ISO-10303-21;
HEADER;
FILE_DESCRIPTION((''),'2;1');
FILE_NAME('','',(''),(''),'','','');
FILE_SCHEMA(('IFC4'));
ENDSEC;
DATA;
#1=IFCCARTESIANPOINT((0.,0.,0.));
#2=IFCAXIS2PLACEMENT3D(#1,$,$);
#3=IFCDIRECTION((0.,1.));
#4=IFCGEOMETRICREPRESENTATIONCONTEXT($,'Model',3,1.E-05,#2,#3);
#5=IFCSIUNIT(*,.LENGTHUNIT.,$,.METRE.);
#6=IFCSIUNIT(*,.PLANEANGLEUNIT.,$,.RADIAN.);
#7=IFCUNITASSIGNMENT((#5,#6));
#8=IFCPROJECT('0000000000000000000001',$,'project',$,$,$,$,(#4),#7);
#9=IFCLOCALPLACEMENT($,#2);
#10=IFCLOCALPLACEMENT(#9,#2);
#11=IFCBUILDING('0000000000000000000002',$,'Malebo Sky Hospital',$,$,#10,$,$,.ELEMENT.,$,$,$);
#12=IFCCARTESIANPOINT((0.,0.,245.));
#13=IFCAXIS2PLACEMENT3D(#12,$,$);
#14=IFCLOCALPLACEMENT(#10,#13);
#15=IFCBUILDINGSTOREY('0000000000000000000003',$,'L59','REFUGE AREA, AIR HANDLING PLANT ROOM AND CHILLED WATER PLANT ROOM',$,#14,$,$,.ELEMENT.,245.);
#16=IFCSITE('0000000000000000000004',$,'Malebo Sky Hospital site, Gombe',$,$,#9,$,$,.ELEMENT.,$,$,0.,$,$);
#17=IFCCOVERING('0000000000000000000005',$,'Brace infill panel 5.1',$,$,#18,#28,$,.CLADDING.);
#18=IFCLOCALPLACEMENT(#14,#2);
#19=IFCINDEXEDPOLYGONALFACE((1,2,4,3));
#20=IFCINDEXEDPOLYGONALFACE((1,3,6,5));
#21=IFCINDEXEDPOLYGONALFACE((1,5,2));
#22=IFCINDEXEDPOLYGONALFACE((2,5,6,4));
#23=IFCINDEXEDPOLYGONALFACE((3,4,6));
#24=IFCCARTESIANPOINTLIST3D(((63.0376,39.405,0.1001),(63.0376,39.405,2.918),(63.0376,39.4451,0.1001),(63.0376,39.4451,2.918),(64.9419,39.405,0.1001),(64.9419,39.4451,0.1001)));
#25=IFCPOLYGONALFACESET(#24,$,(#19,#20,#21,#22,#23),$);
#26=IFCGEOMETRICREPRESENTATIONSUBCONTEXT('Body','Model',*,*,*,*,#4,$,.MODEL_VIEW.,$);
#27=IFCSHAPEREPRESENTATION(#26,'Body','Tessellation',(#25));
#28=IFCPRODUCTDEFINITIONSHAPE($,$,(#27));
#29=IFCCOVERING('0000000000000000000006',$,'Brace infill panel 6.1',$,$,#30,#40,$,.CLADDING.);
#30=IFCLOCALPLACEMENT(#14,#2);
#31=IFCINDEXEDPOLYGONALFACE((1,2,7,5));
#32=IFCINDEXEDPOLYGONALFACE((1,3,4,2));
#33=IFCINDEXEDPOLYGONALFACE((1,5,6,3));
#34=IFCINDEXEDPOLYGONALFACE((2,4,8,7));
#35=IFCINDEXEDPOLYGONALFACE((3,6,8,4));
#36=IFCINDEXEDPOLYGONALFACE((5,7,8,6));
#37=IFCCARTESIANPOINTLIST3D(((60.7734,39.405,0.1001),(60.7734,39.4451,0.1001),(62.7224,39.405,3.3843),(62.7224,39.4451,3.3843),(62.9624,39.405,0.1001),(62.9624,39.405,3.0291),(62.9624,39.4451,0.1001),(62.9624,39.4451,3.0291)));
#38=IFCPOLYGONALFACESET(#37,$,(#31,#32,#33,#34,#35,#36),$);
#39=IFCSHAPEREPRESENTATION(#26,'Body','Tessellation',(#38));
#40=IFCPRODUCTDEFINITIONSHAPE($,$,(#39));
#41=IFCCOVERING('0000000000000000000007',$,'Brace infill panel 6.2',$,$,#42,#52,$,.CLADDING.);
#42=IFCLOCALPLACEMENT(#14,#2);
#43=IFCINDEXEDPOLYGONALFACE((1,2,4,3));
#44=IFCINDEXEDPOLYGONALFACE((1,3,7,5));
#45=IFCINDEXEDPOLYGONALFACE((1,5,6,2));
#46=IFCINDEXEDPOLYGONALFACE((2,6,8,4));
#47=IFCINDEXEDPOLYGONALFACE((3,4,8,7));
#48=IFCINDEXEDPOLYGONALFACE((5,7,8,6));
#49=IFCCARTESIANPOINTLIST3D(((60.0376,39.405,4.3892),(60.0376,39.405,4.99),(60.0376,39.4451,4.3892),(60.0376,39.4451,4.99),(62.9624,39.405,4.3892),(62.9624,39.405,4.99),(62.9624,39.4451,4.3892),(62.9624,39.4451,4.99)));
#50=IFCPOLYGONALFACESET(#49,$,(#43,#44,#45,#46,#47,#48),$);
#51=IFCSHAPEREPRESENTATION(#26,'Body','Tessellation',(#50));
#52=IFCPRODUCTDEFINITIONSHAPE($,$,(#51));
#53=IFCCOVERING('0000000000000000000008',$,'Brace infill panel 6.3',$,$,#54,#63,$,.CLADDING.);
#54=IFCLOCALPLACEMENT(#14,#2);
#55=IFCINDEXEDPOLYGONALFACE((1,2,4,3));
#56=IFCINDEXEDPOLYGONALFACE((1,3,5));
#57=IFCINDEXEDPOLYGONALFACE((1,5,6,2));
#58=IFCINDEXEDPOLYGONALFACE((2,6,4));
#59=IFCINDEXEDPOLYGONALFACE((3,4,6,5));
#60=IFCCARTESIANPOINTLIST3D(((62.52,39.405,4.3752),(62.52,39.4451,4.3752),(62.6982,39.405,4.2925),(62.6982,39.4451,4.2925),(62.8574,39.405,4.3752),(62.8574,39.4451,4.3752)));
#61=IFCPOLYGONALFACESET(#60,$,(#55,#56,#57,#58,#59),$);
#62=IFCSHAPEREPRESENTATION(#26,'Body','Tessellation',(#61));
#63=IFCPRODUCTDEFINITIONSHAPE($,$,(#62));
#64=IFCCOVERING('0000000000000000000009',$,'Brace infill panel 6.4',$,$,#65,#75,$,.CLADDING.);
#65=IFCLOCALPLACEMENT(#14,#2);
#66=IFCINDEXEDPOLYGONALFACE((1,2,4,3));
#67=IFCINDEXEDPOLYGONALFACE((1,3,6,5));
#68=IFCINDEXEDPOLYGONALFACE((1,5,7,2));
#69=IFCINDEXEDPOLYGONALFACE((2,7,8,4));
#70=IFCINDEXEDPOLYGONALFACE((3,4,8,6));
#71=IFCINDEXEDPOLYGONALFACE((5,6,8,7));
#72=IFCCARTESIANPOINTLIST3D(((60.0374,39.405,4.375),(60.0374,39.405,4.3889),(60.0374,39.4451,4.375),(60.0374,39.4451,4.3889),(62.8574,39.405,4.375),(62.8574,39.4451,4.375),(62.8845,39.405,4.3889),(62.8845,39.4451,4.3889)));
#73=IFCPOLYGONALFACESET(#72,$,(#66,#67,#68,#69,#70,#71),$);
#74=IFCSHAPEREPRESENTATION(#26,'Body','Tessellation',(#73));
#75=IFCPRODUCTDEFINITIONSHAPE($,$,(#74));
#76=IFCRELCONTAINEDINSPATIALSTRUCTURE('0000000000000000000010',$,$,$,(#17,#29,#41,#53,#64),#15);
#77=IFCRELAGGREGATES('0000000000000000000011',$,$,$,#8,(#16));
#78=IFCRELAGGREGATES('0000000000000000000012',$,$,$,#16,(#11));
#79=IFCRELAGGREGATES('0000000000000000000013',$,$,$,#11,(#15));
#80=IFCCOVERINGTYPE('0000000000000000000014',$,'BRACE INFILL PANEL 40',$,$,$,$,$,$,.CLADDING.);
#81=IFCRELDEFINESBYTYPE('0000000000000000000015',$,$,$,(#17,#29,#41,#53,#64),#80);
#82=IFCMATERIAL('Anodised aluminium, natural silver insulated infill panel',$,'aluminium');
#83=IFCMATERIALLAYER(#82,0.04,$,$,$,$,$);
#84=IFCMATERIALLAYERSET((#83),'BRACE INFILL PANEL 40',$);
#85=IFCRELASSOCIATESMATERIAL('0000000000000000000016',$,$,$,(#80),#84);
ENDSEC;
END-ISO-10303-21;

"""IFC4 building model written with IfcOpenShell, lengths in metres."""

from ifc_helpers import new_model, si_unit, direction, frame, origin, place, context, subcontext, project, spatial, polyline, outline, extrude, material, layer, layer_set, type_object, element, save


model = new_model("IFC4")

# Units and contexts
model_context = context("Model", 3, precision=1e-05, world=origin(), true_north=direction((0.0, 1.0)))
body_context = subcontext(model_context, "Body", "Model", "MODEL_VIEW")
ifc_project = project(units=[si_unit("LENGTHUNIT", "METRE"), si_unit("PLANEANGLEUNIT", "RADIAN")], contexts=[model_context])

# Site, building, storey
site_placement = place(None, origin())
site = spatial("IfcSite", under=ifc_project, at=site_placement, Name="Malebo Sky Hospital site, Gombe", CompositionType="ELEMENT", RefElevation=0.0)
building_placement = place(site_placement, origin())
building = spatial("IfcBuilding", under=site, at=building_placement, Name="Malebo Sky Hospital", CompositionType="ELEMENT")
storey_placement = place(building_placement, frame((0.0, 0.0, 245.0)))
storey = spatial("IfcBuildingStorey", under=building, at=storey_placement, Name="L59", Description="REFUGE AREA, AIR HANDLING PLANT ROOM AND CHILLED WATER PLANT ROOM", CompositionType="ELEMENT", Elevation=245.0)

# Coverings
ifc_material_1 = material(Name="Anodised aluminium, natural silver insulated infill panel", Category="aluminium")
ifc_layer_1 = layer(ifc_material_1, 0.04)
ifc_layer_set_1 = layer_set([ifc_layer_1], Name="BRACE INFILL PANEL 40")
covering_type = type_object("IfcCoveringType", Name="BRACE INFILL PANEL 40", PredefinedType="CLADDING", material=ifc_layer_set_1)
covering_1_placement = place(storey_placement, frame((63.9897, 39.425, 0.1001), z_axis=(0.0, 0.0, 1.0), x_axis=(-1.0, 0.0, 0.0)))
element("IfcCovering", 1, at=covering_1_placement, inside=storey, type_object=covering_type, Name="Brace infill panel 5.1", PredefinedType="CLADDING", context=body_context, shape_type="SweptSolid", body=[
    extrude(outline(polyline([(-0.9521, 0.0), (0.9521, 0.0), (0.9521, 2.8179), (-0.9521, 0.0)])), frame((0.0, 0.02, 0.0), z_axis=(0.0, -1.0, 0.0), x_axis=(1.0, 0.0, 0.0)), (0.0, 0.0, 1.0), 0.04),
])
covering_2_placement = place(storey_placement, frame((61.8679, 39.425, 0.1001), z_axis=(0.0, 0.0, 1.0), x_axis=(-1.0, 0.0, 0.0)))
element("IfcCovering", 2, at=covering_2_placement, inside=storey, type_object=covering_type, Name="Brace infill panel 6.1", PredefinedType="CLADDING", context=body_context, shape_type="SweptSolid", body=[
    extrude(outline(polyline([(-1.0945, 0.0), (1.0945, 0.0), (-0.8545, 3.2842), (-1.0945, 2.929), (-1.0945, 0.0)])), frame((0.0, 0.02, 0.0), z_axis=(0.0, -1.0, 0.0), x_axis=(1.0, 0.0, 0.0)), (0.0, 0.0, 1.0), 0.04),
])
covering_3_placement = place(storey_placement, frame((61.5, 39.425, 4.3892), z_axis=(0.0, 0.0, 1.0), x_axis=(-1.0, 0.0, 0.0)))
element("IfcCovering", 3, at=covering_3_placement, inside=storey, type_object=covering_type, Name="Brace infill panel 6.2", PredefinedType="CLADDING", context=body_context, shape_type="SweptSolid", body=[
    extrude(outline(polyline([(-1.4624, 0.0), (1.4624, 0.0), (1.4624, 0.6008), (-1.4624, 0.6008), (-1.4624, 0.0)])), frame((0.0, 0.02, 0.0), z_axis=(0.0, -1.0, 0.0), x_axis=(1.0, 0.0, 0.0)), (0.0, 0.0, 1.0), 0.04),
])
covering_4_placement = place(storey_placement, frame((62.6887, 39.425, 4.2925), z_axis=(0.0, 0.0, 1.0), x_axis=(-1.0, 0.0, 0.0)))
element("IfcCovering", 4, at=covering_4_placement, inside=storey, type_object=covering_type, Name="Brace infill panel 6.3", PredefinedType="CLADDING", context=body_context, shape_type="SweptSolid", body=[
    extrude(outline(polyline([(-0.0095, 0.0), (0.1687, 0.0828), (-0.1687, 0.0828), (-0.0095, 0.0)])), frame((0.0, 0.02, 0.0), z_axis=(0.0, -1.0, 0.0), x_axis=(1.0, 0.0, 0.0)), (0.0, 0.0, 1.0), 0.04),
])
covering_5_placement = place(storey_placement, frame((61.4609, 39.425, 4.375), z_axis=(0.0, 0.0, 1.0), x_axis=(-1.0, 0.0, 0.0)))
element("IfcCovering", 5, at=covering_5_placement, inside=storey, type_object=covering_type, Name="Brace infill panel 6.4", PredefinedType="CLADDING", context=body_context, shape_type="SweptSolid", body=[
    extrude(outline(polyline([(-1.3965, 0.0), (1.4236, 0.0), (1.4236, 0.0139), (-1.4236, 0.0139), (-1.3965, 0.0)])), frame((0.0, 0.02, 0.0), z_axis=(0.0, -1.0, 0.0), x_axis=(1.0, 0.0, 0.0)), (0.0, 0.0, 1.0), 0.04),
])

save(model, "model.ifc")
